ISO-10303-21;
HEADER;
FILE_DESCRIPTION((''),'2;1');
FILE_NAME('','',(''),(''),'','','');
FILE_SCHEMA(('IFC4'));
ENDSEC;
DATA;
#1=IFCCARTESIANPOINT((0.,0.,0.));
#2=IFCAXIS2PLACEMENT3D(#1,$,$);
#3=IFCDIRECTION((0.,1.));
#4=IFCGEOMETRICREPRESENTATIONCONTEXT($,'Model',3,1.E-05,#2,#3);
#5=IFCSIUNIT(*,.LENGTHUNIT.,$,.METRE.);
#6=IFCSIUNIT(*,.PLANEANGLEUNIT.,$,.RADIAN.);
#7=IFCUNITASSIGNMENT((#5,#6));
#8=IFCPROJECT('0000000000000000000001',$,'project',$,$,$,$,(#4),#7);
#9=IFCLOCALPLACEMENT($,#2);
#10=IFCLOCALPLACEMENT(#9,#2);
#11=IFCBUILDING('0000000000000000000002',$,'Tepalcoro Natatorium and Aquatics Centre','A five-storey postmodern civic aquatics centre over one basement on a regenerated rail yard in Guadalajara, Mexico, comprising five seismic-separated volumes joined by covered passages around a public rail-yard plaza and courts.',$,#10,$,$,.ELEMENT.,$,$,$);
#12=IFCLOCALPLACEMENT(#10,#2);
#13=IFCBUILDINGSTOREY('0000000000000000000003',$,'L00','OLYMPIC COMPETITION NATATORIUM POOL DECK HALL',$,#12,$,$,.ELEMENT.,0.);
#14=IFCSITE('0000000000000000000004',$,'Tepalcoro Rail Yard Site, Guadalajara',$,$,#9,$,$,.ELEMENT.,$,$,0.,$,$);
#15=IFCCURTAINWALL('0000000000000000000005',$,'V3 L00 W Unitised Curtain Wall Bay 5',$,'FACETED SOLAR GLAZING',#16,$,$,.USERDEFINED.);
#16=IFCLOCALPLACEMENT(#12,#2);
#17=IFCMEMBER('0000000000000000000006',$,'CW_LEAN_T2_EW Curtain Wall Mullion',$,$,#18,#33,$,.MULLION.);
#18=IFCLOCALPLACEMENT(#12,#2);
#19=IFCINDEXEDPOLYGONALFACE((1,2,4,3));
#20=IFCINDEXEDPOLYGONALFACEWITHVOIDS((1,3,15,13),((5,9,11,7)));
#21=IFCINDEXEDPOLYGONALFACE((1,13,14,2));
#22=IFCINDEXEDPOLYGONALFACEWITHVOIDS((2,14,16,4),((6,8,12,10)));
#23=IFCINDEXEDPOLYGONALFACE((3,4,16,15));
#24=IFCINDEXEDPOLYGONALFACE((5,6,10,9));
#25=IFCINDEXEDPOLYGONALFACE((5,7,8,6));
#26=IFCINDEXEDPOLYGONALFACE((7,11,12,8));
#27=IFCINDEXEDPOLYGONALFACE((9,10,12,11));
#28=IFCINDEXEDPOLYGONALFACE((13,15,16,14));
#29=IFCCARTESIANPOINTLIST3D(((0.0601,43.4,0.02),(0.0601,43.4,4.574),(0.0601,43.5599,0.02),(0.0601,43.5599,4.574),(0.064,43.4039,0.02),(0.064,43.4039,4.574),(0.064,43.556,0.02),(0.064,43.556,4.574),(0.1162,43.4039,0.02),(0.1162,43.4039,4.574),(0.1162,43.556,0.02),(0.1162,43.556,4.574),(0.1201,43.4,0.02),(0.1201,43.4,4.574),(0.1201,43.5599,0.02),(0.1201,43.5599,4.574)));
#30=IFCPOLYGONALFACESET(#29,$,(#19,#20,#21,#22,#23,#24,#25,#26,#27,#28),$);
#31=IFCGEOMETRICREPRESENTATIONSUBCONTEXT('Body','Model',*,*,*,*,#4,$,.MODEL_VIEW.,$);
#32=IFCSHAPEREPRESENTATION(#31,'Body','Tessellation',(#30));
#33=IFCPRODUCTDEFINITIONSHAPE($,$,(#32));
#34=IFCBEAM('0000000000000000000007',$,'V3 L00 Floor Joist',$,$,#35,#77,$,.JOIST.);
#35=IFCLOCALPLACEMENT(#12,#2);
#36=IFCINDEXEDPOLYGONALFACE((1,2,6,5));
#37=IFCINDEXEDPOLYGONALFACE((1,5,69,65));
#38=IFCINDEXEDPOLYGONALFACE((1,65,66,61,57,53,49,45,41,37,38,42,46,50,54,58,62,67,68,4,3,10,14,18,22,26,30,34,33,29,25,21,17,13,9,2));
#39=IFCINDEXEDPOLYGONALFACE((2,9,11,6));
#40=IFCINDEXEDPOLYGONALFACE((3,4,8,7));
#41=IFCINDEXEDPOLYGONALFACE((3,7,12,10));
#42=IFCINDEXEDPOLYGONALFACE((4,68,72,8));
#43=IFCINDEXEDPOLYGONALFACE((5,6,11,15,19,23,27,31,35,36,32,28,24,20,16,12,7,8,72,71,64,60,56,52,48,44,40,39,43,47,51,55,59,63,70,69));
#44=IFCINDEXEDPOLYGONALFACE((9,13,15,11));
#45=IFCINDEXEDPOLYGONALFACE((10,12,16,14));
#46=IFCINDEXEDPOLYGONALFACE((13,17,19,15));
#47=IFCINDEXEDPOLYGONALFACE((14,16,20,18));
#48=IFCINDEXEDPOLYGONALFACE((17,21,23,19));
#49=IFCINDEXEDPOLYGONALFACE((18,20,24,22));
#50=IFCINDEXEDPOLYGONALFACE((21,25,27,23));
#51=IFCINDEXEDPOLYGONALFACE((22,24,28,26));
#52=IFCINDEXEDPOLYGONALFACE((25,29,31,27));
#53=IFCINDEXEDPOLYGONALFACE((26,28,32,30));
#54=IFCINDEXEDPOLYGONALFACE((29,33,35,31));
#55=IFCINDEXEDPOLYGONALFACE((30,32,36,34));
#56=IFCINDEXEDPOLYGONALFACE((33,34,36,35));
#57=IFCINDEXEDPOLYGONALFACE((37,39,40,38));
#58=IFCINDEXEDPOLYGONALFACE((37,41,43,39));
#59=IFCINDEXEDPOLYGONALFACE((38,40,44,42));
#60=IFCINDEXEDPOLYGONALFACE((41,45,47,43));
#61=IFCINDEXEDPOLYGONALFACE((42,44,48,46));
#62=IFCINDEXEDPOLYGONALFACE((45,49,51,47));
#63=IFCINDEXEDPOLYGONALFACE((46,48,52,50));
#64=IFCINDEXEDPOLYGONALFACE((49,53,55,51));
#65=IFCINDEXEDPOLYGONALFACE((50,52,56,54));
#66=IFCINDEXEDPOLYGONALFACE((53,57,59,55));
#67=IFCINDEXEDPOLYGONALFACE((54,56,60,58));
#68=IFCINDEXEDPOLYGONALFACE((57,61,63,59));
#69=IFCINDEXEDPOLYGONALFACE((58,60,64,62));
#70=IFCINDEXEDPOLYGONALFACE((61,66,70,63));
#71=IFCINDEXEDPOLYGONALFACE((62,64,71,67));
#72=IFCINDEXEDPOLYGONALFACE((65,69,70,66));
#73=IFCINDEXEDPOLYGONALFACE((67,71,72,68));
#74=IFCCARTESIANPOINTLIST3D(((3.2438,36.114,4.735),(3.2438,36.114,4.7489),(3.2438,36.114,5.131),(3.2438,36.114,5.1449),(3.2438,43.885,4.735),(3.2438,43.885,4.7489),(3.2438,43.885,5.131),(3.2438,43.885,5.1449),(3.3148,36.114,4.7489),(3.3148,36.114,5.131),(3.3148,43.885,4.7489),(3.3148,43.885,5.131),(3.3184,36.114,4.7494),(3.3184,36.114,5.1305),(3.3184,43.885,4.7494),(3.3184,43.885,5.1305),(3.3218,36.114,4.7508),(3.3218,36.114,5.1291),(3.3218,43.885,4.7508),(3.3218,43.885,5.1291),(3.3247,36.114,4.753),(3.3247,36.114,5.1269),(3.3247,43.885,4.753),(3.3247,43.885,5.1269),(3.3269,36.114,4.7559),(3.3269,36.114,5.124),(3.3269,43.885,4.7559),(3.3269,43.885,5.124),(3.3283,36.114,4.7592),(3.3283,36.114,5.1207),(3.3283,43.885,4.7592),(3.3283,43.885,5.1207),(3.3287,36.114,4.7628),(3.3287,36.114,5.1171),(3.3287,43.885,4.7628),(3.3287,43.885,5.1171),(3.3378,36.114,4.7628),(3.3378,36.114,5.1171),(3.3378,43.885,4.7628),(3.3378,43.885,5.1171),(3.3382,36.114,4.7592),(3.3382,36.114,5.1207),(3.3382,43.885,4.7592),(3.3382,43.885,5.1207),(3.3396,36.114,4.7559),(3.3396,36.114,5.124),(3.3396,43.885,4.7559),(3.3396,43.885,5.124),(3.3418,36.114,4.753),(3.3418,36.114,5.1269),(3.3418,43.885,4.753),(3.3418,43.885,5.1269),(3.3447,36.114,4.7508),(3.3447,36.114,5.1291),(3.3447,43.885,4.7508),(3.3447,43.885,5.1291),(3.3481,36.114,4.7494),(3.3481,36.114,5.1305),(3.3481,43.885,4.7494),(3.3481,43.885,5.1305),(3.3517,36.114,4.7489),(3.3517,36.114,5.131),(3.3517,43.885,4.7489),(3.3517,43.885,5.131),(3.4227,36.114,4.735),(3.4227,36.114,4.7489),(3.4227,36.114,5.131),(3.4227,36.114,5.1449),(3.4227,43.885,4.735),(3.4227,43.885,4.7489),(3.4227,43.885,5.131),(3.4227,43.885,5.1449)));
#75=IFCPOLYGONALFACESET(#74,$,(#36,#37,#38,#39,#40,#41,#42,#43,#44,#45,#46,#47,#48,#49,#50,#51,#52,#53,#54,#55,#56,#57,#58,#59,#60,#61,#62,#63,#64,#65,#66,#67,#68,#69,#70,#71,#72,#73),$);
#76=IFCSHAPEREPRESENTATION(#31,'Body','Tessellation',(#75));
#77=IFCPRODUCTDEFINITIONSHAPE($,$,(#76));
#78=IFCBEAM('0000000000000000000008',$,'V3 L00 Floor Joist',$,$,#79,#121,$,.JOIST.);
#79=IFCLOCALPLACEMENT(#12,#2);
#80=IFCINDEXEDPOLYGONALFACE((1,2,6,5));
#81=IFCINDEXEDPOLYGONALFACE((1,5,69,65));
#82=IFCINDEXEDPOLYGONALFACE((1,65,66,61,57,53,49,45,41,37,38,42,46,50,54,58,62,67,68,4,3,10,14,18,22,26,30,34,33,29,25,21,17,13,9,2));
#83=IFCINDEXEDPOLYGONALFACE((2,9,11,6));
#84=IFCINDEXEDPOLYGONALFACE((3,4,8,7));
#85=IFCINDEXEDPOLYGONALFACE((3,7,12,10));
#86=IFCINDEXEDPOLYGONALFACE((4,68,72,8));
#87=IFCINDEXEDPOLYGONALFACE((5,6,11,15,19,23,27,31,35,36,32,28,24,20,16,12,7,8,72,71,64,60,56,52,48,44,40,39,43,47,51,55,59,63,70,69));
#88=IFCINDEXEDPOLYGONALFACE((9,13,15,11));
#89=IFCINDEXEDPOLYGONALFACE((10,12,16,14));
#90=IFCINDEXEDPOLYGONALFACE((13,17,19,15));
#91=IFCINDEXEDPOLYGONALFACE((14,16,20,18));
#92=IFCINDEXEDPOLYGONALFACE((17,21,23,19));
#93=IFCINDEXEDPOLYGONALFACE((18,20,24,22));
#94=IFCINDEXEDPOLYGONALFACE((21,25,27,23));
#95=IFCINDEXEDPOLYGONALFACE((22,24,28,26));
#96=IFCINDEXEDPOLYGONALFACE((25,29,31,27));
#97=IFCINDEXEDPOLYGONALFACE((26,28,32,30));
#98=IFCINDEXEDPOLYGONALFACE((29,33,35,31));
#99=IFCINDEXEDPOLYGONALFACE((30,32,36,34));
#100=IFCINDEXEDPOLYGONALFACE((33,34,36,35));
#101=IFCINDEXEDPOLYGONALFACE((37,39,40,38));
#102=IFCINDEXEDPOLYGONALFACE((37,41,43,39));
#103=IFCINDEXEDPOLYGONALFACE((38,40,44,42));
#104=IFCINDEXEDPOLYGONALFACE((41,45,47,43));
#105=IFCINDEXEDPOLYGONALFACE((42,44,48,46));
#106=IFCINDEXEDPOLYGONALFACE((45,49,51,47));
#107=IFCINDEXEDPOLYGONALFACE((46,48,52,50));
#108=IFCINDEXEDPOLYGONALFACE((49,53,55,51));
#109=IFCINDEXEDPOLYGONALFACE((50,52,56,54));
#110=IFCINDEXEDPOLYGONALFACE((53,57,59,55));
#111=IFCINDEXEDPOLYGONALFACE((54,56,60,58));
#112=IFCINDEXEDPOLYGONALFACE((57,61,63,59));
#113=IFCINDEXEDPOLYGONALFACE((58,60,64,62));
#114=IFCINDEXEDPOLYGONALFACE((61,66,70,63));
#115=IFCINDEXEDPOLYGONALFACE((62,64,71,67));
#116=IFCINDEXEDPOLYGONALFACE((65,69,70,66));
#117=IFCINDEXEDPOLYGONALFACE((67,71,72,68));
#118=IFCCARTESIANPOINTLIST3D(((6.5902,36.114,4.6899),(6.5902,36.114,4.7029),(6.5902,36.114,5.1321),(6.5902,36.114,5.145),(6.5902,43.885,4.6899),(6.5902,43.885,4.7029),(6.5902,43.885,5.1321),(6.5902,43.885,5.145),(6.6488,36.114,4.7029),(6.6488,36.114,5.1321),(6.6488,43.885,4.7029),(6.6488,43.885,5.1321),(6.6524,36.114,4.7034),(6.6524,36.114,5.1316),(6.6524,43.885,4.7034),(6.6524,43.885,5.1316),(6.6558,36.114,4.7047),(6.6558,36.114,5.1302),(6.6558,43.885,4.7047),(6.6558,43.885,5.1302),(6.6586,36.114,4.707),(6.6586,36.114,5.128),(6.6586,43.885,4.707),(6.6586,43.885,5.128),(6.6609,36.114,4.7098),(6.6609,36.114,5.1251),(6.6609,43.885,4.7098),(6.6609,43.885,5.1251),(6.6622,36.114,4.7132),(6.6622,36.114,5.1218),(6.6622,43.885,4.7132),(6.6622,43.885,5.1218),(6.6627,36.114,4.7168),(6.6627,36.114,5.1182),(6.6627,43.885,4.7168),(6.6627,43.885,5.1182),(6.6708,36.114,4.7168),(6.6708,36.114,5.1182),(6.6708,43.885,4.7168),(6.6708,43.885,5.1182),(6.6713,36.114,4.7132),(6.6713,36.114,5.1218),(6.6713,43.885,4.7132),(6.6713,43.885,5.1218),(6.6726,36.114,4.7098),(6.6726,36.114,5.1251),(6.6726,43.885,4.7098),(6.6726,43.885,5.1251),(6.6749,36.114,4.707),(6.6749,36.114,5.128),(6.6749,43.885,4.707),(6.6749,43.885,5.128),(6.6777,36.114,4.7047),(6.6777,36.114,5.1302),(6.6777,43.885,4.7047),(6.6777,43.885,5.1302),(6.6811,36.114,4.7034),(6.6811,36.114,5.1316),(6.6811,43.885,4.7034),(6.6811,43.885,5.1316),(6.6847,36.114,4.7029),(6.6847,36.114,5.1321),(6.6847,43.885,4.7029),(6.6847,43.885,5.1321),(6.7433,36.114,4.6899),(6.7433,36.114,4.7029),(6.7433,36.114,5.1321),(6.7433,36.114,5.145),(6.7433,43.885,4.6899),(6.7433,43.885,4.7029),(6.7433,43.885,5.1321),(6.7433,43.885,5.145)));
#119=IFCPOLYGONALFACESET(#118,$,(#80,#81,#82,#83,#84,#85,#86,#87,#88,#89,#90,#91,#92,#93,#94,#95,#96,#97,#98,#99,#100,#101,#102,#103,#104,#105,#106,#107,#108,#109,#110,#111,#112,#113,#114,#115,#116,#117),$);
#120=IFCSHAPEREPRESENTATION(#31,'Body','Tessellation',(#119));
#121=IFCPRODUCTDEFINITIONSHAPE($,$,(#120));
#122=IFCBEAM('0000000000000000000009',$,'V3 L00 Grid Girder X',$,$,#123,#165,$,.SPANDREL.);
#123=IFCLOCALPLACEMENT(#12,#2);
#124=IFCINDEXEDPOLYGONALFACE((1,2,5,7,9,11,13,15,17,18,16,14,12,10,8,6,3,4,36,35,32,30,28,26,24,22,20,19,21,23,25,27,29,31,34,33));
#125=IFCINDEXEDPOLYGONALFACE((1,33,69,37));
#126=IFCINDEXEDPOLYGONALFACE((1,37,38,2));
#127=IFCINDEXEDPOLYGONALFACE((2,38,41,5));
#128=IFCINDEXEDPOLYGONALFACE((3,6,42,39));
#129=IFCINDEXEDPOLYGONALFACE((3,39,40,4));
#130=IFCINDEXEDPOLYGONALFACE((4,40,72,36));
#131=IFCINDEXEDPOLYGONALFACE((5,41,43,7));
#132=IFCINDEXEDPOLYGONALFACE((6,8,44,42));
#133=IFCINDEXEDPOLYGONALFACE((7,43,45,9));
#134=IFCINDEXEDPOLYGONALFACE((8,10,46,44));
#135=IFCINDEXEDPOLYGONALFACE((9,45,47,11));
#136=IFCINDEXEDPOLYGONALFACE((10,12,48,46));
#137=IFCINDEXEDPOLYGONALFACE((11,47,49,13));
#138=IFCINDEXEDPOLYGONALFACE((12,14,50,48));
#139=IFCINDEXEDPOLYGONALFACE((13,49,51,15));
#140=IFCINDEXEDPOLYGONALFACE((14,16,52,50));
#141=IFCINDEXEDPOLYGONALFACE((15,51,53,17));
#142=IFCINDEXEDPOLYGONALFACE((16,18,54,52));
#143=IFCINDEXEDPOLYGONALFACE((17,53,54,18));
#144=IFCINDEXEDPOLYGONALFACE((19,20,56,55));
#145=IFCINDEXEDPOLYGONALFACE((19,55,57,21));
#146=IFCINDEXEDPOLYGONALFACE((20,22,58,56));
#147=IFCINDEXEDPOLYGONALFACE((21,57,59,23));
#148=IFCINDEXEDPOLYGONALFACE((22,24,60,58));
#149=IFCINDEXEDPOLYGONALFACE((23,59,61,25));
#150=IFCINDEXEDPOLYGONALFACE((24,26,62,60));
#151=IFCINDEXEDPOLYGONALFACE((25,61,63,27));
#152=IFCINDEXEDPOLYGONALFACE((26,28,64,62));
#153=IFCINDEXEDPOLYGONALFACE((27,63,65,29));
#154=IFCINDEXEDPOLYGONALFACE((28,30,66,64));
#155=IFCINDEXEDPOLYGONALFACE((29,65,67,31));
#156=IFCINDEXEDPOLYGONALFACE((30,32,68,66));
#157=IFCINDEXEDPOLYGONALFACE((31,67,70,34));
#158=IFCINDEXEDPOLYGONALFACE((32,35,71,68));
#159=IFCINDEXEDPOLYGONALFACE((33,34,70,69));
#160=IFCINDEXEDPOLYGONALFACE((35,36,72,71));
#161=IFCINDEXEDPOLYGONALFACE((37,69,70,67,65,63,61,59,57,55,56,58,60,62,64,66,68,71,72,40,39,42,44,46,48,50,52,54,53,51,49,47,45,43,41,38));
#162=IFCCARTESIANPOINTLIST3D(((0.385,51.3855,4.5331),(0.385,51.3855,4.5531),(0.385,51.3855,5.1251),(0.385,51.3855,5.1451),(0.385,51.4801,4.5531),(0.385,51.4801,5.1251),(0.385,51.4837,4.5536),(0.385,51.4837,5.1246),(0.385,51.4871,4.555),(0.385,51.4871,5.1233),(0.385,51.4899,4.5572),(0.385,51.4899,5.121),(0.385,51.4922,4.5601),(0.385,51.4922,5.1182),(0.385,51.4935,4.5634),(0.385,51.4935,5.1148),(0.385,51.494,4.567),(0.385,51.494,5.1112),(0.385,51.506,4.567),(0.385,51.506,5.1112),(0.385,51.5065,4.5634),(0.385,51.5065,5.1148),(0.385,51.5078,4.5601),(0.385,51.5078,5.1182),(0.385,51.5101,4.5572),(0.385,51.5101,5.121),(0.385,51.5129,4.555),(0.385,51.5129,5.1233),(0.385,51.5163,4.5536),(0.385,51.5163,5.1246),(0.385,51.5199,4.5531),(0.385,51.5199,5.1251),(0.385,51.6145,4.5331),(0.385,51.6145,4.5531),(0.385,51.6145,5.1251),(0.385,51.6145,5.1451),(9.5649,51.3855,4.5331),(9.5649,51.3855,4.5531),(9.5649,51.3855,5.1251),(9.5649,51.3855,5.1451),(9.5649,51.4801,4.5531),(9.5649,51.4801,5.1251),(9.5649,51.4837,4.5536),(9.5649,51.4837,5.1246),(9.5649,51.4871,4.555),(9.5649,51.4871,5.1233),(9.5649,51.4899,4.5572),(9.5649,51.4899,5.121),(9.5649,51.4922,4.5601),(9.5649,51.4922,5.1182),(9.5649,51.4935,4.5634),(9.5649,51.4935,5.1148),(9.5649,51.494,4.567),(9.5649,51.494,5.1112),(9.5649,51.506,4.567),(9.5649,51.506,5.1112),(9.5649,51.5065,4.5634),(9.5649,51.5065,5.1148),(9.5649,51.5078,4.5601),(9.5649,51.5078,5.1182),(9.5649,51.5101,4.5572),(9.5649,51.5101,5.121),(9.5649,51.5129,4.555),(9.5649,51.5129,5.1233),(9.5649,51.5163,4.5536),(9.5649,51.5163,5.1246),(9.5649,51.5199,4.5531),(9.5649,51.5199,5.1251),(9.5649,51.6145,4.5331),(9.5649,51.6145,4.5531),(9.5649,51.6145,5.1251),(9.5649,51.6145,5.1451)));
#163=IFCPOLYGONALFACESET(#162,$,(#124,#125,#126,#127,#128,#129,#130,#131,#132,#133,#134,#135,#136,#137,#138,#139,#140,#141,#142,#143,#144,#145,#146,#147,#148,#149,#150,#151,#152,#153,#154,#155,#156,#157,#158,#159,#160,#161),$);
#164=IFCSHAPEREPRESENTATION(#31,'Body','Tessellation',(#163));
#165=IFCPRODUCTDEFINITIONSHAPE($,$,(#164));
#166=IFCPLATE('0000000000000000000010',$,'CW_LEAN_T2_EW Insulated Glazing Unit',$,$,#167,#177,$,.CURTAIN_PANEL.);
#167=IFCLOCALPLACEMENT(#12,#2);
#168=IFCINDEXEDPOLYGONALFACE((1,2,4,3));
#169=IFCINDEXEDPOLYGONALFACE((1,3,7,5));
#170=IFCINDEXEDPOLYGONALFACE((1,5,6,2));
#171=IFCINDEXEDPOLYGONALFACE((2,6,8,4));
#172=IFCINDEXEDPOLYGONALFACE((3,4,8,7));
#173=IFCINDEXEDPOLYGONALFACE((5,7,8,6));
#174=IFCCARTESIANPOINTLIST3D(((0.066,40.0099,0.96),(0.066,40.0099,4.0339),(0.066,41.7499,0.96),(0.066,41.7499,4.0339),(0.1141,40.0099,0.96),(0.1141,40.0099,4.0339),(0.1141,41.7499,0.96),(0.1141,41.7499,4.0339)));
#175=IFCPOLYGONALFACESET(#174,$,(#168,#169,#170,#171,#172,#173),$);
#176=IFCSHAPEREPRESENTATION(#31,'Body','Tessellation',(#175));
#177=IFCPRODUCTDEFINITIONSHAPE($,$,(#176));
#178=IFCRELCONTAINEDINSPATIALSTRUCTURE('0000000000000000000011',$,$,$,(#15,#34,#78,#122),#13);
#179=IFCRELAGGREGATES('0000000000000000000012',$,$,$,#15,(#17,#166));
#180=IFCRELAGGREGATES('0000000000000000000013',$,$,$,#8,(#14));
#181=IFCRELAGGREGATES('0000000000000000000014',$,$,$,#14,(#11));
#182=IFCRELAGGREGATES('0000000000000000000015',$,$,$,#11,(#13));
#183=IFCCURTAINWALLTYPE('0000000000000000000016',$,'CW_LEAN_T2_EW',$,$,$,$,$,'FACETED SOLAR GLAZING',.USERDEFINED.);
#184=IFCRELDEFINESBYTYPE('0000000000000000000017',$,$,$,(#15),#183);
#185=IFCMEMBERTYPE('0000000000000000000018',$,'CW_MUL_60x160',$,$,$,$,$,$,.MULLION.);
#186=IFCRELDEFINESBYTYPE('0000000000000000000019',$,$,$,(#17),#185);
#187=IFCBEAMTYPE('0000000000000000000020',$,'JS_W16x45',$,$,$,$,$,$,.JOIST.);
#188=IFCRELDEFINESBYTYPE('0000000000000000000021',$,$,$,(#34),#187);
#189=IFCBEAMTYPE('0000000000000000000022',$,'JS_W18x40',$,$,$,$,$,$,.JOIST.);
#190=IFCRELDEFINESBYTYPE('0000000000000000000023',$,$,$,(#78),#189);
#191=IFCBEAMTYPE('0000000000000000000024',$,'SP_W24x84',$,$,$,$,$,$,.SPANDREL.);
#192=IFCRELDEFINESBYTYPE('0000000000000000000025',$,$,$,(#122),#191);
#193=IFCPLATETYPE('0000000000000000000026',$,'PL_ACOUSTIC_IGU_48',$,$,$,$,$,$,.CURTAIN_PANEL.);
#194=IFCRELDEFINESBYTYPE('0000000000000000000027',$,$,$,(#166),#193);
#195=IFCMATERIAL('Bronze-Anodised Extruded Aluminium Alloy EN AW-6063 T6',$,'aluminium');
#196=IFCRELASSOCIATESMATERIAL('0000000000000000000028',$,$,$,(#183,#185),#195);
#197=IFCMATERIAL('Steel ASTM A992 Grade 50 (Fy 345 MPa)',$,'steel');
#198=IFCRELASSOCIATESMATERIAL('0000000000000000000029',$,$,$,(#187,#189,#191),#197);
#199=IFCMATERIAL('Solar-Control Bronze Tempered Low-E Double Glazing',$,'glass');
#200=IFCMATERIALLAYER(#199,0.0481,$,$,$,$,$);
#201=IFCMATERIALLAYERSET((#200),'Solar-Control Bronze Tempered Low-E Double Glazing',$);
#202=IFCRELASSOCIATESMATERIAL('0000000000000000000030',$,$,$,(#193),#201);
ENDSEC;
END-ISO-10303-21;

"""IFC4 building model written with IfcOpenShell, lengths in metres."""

from ifc_helpers import new_model, si_unit, direction, frame, origin, origin_2d, place, context, subcontext, project, spatial, rectangle, hollow_rectangle, i_section, extrude, material, layer, layer_set, material_profile, profile_set, type_object, element, aggregate, save


model = new_model("IFC4")

# Units and contexts
model_context = context("Model", 3, precision=1e-05, world=origin(), true_north=direction((0.0, 1.0)))
body_context = subcontext(model_context, "Body", "Model", "MODEL_VIEW")
ifc_project = project(units=[si_unit("LENGTHUNIT", "METRE"), si_unit("PLANEANGLEUNIT", "RADIAN")], contexts=[model_context])

# Site, building, storey
site_placement = place(None, origin())
site = spatial("IfcSite", under=ifc_project, at=site_placement, Name="Tepalcoro Rail Yard Site, Guadalajara", CompositionType="ELEMENT", RefElevation=0.0)
building_placement = place(site_placement, origin())
building = spatial("IfcBuilding", under=site, at=building_placement, Name="Tepalcoro Natatorium and Aquatics Centre", Description="A five-storey postmodern civic aquatics centre over one basement on a regenerated rail yard in Guadalajara, Mexico, comprising five seismic-separated volumes joined by covered passages around a public rail-yard plaza and courts.", CompositionType="ELEMENT")
storey_placement = place(building_placement, origin())
storey = spatial("IfcBuildingStorey", under=building, at=storey_placement, Name="L00", Description="OLYMPIC COMPETITION NATATORIUM POOL DECK HALL", CompositionType="ELEMENT", Elevation=0.0)

# Shared definitions
ifc_material_1 = material(Name="Steel ASTM A992 Grade 50 (Fy 345 MPa)", Category="steel")

# Curtain wall, member
ifc_material_2 = material(Name="Bronze-Anodised Extruded Aluminium Alloy EN AW-6063 T6", Category="aluminium")
curtain_wall_type = type_object("IfcCurtainWallType", Name="CW_LEAN_T2_EW", ElementType="FACETED SOLAR GLAZING", PredefinedType="USERDEFINED", material=ifc_material_2)
curtain_wall_placement = place(storey_placement, origin())
curtain_wall = element("IfcCurtainWall", 1, at=curtain_wall_placement, inside=storey, type_object=curtain_wall_type, Name="V3 L00 W Unitised Curtain Wall Bay 5", ObjectType="FACETED SOLAR GLAZING", PredefinedType="USERDEFINED")
ifc_material_profile_1 = material_profile(ifc_material_2, hollow_rectangle(XDim=0.0601, YDim=0.1599, WallThickness=0.0039, at=origin_2d()), Name="AL60X160X4")
ifc_profile_set_1 = profile_set([ifc_material_profile_1], Name="Bronze-Anodised Extruded Aluminium Alloy EN AW-6063 T6")
member_type = type_object("IfcMemberType", Name="CW_MUL_60x160", PredefinedType="MULLION", material=ifc_profile_set_1)
member_1_placement = place(storey_placement, frame((0.0901, 43.48, 0.02), z_axis=(0.0, 0.0, 1.0), x_axis=(1.0, 0.0, 0.0)))
member_1 = element("IfcMember", 2, at=member_1_placement, type_object=member_type, Name="CW_LEAN_T2_EW Curtain Wall Mullion", PredefinedType="MULLION", context=body_context, shape_type="SweptSolid", body=[
    extrude(hollow_rectangle(XDim=0.0601, YDim=0.1599, WallThickness=0.0039, at=origin_2d()), origin(), (0.0, 0.0, 1.0), 4.554),
])

# Beams
ifc_material_profile_2 = material_profile(ifc_material_1, i_section(OverallWidth=0.179, OverallDepth=0.4099, WebThickness=0.009, FlangeThickness=0.0139, FilletRadius=0.0139, at=origin_2d()), Name="W16X45")
ifc_profile_set_2 = profile_set([ifc_material_profile_2], Name="Steel ASTM A992 Grade 50 (Fy 345 MPa)")
beam_type_1 = type_object("IfcBeamType", Name="JS_W16x45", PredefinedType="JOIST", material=ifc_profile_set_2)
beam_1_placement = place(storey_placement, frame((3.3333, 36.114, 4.9399), z_axis=(0.0, 1.0, 0.0), x_axis=(-1.0, 0.0, 0.0)))
element("IfcBeam", 3, at=beam_1_placement, inside=storey, type_object=beam_type_1, Name="V3 L00 Floor Joist", PredefinedType="JOIST", context=body_context, shape_type="SweptSolid", body=[
    extrude(i_section(OverallWidth=0.179, OverallDepth=0.4099, WebThickness=0.009, FlangeThickness=0.0139, FilletRadius=0.0139, at=origin_2d()), origin(), (0.0, 0.0, 1.0), 7.771),
])
ifc_material_profile_3 = material_profile(ifc_material_1, i_section(OverallWidth=0.1531, OverallDepth=0.4551, WebThickness=0.0081, FlangeThickness=0.0129, FilletRadius=0.0139, at=origin_2d()), Name="W18X40")
ifc_profile_set_3 = profile_set([ifc_material_profile_3], Name="Steel ASTM A992 Grade 50 (Fy 345 MPa)")
beam_type_2 = type_object("IfcBeamType", Name="JS_W18x40", PredefinedType="JOIST", material=ifc_profile_set_3)
beam_2_placement = place(storey_placement, frame((6.6667, 36.114, 4.9175), z_axis=(0.0, 1.0, 0.0), x_axis=(-1.0, 0.0, 0.0)))
element("IfcBeam", 4, at=beam_2_placement, inside=storey, type_object=beam_type_2, Name="V3 L00 Floor Joist", PredefinedType="JOIST", context=body_context, shape_type="SweptSolid", body=[
    extrude(i_section(OverallWidth=0.1531, OverallDepth=0.4551, WebThickness=0.0081, FlangeThickness=0.0129, FilletRadius=0.0139, at=origin_2d()), origin(), (0.0, 0.0, 1.0), 7.771),
])
ifc_material_profile_4 = material_profile(ifc_material_1, i_section(OverallWidth=0.229, OverallDepth=0.6121, WebThickness=0.012, FlangeThickness=0.02, FilletRadius=0.0139, at=origin_2d()), Name="W24X84")
ifc_profile_set_4 = profile_set([ifc_material_profile_4], Name="Steel ASTM A992 Grade 50 (Fy 345 MPa)")
beam_type_3 = type_object("IfcBeamType", Name="SP_W24x84", PredefinedType="SPANDREL", material=ifc_profile_set_4)
beam_3_placement = place(storey_placement, frame((0.385, 51.5, 4.8391), z_axis=(1.0, 0.0, 0.0), x_axis=(0.0, 1.0, 0.0)))
element("IfcBeam", 5, at=beam_3_placement, inside=storey, type_object=beam_type_3, Name="V3 L00 Grid Girder X", PredefinedType="SPANDREL", context=body_context, shape_type="SweptSolid", body=[
    extrude(i_section(OverallWidth=0.229, OverallDepth=0.6121, WebThickness=0.012, FlangeThickness=0.02, FilletRadius=0.0139, at=origin_2d()), origin(), (0.0, 0.0, 1.0), 9.1799),
])

# Plate
ifc_material_3 = material(Name="Solar-Control Bronze Tempered Low-E Double Glazing", Category="glass")
ifc_layer_1 = layer(ifc_material_3, 0.0481)
ifc_layer_set_1 = layer_set([ifc_layer_1], Name="Solar-Control Bronze Tempered Low-E Double Glazing")
plate_type_1 = type_object("IfcPlateType", Name="PL_ACOUSTIC_IGU_48", PredefinedType="CURTAIN_PANEL", material=ifc_layer_set_1)
plate_1_placement = place(storey_placement, frame((0.0901, 40.8799, 0.96), z_axis=(0.0, 0.0, 1.0), x_axis=(1.0, 0.0, 0.0)))
plate_1 = element("IfcPlate", 6, at=plate_1_placement, type_object=plate_type_1, Name="CW_LEAN_T2_EW Insulated Glazing Unit", PredefinedType="CURTAIN_PANEL", context=body_context, shape_type="SweptSolid", body=[
    extrude(rectangle(XDim=0.0481, YDim=1.74, at=origin_2d()), origin(), (0.0, 0.0, 1.0), 3.074),
])
aggregate(curtain_wall, [member_1, plate_1])

save(model, "model.ifc")
